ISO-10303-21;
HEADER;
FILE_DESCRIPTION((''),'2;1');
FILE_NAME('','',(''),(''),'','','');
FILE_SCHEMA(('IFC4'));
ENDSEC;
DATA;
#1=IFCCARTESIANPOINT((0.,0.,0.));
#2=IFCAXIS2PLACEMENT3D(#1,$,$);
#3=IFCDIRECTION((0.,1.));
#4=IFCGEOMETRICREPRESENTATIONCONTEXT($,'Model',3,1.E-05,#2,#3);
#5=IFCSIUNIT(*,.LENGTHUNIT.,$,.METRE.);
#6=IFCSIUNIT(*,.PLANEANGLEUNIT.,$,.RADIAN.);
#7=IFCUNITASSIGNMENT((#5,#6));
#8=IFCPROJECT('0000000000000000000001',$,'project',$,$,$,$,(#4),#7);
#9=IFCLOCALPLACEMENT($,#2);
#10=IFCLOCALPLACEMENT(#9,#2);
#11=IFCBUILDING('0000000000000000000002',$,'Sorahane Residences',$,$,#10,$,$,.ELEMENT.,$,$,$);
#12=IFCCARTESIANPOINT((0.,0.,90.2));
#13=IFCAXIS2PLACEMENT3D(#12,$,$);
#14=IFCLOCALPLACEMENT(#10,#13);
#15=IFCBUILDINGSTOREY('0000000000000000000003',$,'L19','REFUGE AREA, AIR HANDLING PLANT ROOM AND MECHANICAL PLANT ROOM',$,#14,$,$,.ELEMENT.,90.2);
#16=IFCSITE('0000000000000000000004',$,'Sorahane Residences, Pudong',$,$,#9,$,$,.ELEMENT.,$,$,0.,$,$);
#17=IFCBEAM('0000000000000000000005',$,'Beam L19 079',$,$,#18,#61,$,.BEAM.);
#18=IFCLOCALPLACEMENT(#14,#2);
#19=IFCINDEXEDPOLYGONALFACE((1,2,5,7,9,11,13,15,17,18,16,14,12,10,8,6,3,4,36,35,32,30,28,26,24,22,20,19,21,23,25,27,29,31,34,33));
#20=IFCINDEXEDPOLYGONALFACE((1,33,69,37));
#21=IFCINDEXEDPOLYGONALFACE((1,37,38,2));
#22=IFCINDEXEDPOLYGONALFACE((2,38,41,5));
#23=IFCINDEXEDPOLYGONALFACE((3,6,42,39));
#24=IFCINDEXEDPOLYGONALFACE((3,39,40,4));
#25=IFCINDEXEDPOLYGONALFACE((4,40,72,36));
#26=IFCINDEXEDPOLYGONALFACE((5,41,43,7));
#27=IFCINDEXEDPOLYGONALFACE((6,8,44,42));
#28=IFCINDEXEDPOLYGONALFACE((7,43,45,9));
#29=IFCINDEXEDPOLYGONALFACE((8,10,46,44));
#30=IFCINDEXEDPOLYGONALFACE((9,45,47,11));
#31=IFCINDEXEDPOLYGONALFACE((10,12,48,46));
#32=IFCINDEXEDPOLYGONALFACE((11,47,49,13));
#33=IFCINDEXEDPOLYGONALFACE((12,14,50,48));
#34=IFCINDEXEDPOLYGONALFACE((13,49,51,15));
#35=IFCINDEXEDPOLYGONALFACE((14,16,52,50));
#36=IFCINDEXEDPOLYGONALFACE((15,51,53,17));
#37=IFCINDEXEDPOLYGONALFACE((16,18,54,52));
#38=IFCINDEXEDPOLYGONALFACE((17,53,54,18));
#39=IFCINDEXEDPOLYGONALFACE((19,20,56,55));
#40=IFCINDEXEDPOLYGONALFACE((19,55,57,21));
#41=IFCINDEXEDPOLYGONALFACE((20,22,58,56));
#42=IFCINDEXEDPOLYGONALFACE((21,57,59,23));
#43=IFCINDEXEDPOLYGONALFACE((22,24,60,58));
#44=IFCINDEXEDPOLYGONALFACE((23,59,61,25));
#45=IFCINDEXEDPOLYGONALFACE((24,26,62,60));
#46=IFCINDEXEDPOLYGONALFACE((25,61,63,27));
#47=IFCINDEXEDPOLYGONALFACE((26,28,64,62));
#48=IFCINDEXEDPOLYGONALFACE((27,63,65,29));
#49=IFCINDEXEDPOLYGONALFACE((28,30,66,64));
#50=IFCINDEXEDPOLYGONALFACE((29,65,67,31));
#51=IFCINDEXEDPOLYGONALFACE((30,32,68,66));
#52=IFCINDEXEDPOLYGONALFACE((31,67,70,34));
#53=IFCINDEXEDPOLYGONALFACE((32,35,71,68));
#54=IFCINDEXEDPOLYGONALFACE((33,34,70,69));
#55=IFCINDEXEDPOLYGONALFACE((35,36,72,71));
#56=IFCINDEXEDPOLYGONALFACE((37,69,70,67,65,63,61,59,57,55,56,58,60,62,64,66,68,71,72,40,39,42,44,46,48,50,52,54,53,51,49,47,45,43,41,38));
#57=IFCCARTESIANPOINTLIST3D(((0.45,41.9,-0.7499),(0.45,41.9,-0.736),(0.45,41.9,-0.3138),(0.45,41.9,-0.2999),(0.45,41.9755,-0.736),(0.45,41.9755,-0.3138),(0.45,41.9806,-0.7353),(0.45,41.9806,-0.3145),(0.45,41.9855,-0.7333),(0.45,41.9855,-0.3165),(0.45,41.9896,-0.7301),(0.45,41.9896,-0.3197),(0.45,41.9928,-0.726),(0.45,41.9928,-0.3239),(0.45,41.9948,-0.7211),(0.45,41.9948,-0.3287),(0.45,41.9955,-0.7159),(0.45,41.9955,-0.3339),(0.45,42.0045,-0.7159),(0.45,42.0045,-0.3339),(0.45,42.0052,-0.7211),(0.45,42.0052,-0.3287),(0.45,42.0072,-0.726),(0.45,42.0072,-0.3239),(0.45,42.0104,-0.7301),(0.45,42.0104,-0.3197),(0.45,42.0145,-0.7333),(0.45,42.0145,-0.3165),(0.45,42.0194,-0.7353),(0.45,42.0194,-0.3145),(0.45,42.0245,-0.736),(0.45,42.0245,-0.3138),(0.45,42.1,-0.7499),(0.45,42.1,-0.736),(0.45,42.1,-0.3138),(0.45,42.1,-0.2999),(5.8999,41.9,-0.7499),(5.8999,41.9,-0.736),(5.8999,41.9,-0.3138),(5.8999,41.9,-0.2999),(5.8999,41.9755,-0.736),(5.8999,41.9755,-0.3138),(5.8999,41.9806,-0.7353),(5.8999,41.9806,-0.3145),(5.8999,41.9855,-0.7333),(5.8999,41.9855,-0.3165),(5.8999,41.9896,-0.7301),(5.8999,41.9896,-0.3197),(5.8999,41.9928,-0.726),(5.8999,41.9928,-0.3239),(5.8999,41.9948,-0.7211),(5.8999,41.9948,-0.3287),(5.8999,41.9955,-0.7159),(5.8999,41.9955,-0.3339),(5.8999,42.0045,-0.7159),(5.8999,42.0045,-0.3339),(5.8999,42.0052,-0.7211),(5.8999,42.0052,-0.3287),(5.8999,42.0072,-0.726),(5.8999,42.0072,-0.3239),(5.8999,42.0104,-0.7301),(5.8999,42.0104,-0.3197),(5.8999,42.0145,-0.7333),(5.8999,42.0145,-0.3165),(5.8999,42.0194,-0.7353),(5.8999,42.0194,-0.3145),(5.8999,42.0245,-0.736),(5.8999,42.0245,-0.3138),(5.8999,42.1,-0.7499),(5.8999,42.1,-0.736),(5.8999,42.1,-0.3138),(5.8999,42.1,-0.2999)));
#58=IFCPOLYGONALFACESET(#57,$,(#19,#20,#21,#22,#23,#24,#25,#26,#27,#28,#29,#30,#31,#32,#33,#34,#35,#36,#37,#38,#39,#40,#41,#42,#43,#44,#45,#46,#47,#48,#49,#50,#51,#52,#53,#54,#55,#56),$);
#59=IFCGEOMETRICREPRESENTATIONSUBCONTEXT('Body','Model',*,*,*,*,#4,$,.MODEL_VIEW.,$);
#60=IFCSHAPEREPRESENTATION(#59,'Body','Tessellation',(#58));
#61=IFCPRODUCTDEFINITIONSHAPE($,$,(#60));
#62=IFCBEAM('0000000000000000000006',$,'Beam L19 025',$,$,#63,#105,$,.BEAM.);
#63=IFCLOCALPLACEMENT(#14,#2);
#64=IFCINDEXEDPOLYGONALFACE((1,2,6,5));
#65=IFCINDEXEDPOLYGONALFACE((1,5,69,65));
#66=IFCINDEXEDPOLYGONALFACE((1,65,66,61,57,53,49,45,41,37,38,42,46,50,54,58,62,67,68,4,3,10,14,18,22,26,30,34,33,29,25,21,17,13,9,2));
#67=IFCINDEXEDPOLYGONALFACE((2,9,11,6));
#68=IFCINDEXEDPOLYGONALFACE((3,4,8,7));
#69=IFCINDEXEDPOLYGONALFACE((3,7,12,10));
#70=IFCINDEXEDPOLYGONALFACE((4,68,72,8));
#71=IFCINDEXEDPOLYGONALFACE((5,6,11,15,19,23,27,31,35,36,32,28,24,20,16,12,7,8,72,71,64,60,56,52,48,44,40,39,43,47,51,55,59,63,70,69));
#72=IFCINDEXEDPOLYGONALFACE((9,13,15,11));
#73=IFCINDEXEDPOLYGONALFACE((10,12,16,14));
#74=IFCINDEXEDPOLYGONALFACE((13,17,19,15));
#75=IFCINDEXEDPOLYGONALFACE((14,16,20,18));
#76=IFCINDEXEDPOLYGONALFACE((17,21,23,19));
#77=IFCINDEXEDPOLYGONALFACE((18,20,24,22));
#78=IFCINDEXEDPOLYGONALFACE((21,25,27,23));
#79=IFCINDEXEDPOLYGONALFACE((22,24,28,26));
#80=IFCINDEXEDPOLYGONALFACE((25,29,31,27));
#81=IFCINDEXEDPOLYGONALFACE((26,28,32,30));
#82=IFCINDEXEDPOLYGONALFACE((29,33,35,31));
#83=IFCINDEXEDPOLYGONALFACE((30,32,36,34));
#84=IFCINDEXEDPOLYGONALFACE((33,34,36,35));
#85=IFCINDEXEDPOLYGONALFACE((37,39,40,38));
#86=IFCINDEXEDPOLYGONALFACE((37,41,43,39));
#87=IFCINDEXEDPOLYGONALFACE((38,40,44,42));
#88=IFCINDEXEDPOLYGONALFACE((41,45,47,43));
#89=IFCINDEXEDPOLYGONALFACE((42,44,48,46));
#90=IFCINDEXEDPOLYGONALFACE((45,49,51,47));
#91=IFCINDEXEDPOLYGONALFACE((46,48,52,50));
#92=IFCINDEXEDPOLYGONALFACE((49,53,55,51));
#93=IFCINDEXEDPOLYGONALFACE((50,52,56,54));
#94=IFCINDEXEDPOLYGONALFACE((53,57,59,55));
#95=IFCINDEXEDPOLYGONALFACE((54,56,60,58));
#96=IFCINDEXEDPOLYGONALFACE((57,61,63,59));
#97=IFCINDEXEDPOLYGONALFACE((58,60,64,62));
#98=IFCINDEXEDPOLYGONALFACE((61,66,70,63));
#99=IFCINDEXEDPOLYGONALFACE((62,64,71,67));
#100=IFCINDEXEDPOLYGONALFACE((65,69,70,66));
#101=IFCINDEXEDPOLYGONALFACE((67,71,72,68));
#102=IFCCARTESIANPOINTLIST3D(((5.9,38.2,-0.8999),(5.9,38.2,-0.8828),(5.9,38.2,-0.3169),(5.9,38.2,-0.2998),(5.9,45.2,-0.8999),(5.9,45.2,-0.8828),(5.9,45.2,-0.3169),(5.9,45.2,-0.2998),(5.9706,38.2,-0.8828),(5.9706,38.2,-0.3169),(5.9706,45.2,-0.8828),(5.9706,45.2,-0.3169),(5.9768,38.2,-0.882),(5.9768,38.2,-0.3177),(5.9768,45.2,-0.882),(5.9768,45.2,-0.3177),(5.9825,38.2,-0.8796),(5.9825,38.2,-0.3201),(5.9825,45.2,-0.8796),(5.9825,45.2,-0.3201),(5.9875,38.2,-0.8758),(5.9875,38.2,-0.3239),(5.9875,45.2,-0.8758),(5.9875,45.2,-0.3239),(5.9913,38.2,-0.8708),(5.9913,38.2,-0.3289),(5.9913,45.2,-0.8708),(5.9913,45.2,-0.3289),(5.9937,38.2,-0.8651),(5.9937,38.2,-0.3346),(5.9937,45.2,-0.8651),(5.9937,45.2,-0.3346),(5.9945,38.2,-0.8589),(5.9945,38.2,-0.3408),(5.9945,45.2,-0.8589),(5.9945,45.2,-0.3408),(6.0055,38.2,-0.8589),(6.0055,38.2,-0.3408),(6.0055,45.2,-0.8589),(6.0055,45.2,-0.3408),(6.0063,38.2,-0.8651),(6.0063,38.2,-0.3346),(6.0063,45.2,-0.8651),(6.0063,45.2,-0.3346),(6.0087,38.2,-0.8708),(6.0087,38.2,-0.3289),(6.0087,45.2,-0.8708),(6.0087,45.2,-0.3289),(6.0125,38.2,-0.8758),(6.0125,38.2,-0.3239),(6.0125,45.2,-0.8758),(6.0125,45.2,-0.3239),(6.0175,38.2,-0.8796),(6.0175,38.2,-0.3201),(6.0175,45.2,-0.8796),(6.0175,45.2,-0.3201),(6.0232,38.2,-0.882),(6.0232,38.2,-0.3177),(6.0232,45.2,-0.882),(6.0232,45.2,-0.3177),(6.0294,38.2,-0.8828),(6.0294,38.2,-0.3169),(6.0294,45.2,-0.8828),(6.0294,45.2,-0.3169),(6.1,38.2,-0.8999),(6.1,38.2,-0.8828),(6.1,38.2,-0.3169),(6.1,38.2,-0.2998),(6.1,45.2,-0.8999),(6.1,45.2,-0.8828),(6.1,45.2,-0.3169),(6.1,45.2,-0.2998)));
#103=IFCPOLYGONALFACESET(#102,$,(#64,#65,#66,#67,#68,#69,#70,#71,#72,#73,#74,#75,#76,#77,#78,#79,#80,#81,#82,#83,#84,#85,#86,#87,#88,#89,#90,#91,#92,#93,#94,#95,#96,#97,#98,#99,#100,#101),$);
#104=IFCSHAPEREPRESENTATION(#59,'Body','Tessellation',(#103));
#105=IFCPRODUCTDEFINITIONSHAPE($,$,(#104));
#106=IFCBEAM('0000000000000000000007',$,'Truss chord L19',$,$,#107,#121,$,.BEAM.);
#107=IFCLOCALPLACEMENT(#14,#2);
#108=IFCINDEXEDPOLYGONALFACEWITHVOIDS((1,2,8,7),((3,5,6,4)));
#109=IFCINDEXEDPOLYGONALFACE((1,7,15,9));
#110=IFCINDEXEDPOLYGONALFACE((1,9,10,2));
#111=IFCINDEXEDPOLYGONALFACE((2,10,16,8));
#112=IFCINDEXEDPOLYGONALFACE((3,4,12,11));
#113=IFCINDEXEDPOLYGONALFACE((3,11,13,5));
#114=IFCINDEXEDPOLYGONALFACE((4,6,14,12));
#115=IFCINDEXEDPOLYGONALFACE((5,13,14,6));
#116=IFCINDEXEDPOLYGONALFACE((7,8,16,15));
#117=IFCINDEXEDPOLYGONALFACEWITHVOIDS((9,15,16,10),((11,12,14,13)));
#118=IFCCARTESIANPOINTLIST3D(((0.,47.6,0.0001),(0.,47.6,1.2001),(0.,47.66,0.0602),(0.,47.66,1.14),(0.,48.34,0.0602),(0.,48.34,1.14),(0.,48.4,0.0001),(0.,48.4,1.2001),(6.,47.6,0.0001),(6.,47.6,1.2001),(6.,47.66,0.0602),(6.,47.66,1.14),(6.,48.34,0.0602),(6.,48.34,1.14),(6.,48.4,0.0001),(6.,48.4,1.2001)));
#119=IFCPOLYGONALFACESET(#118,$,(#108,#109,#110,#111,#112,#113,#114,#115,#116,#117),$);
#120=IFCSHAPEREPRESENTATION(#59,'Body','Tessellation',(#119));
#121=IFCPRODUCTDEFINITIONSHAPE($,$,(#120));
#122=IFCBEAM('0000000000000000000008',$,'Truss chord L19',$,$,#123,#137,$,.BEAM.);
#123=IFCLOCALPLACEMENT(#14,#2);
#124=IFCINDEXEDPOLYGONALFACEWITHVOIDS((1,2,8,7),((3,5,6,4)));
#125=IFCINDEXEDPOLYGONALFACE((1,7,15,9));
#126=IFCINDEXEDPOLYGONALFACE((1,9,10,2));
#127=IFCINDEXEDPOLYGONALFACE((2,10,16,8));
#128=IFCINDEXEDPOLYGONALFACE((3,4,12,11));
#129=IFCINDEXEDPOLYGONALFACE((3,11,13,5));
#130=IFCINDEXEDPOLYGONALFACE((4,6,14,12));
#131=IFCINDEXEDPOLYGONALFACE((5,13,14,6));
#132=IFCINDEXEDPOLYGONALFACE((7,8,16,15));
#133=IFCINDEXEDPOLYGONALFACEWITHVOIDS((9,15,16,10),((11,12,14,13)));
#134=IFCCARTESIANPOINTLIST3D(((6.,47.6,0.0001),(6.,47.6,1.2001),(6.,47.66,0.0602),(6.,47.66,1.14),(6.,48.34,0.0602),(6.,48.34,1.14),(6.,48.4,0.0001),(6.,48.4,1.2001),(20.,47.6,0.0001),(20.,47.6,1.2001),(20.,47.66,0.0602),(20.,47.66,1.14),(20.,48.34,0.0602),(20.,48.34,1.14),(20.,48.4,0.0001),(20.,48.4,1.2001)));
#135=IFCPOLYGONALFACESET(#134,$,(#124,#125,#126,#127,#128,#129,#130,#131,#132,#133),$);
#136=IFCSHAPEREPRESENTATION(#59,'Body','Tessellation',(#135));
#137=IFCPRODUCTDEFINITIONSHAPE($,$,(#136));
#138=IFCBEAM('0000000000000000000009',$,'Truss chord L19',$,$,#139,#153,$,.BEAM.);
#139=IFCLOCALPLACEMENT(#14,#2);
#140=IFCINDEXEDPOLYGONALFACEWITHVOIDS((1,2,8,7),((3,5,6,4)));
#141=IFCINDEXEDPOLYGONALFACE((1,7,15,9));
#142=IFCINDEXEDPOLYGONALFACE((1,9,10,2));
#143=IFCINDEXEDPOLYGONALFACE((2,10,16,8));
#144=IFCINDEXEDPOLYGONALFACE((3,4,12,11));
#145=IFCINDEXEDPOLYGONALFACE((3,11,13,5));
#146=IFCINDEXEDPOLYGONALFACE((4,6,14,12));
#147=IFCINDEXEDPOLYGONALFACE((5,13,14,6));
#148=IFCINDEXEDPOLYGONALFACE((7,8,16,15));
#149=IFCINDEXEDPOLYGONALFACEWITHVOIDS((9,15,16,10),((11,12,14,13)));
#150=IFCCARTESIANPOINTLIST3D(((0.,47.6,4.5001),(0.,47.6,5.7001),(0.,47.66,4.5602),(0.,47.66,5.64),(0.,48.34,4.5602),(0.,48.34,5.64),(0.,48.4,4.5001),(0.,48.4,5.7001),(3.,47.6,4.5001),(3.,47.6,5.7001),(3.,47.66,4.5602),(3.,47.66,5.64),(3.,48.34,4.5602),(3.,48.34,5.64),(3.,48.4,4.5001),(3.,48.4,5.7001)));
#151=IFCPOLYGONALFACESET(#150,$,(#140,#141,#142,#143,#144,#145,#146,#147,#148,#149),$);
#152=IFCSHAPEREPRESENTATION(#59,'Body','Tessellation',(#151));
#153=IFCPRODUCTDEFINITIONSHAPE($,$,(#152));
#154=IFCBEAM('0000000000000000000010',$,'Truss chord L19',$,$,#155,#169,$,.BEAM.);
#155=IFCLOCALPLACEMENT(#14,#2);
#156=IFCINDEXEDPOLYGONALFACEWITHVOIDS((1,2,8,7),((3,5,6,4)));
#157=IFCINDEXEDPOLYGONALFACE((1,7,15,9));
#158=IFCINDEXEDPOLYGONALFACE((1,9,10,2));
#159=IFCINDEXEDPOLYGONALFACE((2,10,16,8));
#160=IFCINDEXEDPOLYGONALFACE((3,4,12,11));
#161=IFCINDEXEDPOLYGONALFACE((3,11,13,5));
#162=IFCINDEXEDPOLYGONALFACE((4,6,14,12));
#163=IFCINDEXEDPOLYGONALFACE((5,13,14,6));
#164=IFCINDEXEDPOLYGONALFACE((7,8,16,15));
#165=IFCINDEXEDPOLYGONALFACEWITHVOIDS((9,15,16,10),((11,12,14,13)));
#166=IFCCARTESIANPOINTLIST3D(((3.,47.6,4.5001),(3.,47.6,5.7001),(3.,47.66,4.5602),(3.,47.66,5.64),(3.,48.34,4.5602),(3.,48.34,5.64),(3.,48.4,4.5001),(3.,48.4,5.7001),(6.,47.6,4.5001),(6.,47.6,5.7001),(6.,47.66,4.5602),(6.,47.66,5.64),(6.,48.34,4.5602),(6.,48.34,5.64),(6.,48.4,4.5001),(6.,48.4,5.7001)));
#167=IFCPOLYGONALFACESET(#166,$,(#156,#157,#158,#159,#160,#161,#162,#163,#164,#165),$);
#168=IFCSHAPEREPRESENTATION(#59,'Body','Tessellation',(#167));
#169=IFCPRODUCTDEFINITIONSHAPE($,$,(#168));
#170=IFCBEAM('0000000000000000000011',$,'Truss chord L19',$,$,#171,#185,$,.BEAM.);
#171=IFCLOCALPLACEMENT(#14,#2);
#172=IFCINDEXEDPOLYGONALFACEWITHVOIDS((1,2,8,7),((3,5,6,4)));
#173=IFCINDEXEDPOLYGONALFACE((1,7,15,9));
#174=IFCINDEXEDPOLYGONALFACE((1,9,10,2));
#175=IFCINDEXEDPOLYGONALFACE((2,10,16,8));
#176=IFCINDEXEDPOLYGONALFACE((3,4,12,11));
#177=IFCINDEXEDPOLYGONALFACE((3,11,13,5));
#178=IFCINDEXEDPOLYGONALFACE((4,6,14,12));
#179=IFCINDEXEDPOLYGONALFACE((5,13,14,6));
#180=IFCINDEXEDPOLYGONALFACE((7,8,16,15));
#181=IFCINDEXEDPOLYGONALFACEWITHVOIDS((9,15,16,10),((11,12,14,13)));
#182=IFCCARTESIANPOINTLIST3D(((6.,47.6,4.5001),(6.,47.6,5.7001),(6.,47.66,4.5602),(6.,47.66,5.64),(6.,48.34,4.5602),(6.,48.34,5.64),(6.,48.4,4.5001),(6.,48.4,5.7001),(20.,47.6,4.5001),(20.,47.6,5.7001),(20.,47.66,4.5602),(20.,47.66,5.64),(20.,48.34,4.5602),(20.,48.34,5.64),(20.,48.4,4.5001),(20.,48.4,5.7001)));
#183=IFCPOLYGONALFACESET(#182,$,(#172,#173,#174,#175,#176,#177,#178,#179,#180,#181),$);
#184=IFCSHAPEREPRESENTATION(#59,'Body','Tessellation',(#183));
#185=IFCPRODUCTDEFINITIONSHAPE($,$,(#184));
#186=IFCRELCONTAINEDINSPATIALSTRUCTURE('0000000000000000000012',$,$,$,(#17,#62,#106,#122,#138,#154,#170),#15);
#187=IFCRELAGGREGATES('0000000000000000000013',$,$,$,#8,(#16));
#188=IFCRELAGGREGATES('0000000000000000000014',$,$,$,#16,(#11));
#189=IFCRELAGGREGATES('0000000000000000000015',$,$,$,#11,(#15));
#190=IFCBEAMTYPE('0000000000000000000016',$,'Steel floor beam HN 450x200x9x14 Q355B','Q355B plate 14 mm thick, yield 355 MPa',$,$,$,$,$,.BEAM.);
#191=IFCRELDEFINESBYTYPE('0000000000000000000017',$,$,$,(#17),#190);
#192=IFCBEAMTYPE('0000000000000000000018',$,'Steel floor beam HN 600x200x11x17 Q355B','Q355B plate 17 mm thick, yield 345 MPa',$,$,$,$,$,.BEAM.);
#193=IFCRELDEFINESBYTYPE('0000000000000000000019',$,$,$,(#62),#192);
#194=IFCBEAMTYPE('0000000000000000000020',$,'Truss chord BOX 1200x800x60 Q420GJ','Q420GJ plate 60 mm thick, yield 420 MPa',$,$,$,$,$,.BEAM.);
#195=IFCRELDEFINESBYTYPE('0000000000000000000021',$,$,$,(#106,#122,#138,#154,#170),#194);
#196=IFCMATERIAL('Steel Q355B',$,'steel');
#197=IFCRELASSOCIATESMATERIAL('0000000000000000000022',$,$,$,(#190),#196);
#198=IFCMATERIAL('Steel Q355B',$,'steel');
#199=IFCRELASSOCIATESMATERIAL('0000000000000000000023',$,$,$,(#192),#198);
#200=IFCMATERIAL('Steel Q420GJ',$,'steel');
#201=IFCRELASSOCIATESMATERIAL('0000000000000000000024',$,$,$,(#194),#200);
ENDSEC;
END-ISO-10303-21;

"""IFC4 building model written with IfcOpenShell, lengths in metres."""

from ifc_helpers import new_model, si_unit, direction, frame, origin, origin_2d, place, context, subcontext, project, spatial, hollow_rectangle, i_section, extrude, material, material_profile, profile_set, type_object, element, save


model = new_model("IFC4")

# Units and contexts
model_context = context("Model", 3, precision=1e-05, world=origin(), true_north=direction((0.0, 1.0)))
body_context = subcontext(model_context, "Body", "Model", "MODEL_VIEW")
ifc_project = project(units=[si_unit("LENGTHUNIT", "METRE"), si_unit("PLANEANGLEUNIT", "RADIAN")], contexts=[model_context])

# Site, building, storey
site_placement = place(None, origin())
site = spatial("IfcSite", under=ifc_project, at=site_placement, Name="Sorahane Residences, Pudong", CompositionType="ELEMENT", RefElevation=0.0)
building_placement = place(site_placement, origin())
building = spatial("IfcBuilding", under=site, at=building_placement, Name="Sorahane Residences", CompositionType="ELEMENT")
storey_placement = place(building_placement, frame((0.0, 0.0, 90.2)))
storey = spatial("IfcBuildingStorey", under=building, at=storey_placement, Name="L19", Description="REFUGE AREA, AIR HANDLING PLANT ROOM AND MECHANICAL PLANT ROOM", CompositionType="ELEMENT", Elevation=90.2)

# Beams
ifc_material_1 = material(Name="Steel Q355B", Category="steel")
ifc_material_profile_1 = material_profile(ifc_material_1, i_section(OverallWidth=0.2, OverallDepth=0.45, WebThickness=0.009, FlangeThickness=0.0139, FilletRadius=0.02, at=origin_2d()), Name="HN 450x200x9x14")
ifc_profile_set_1 = profile_set([ifc_material_profile_1], Name="Steel Q355B")
beam_type_1 = type_object("IfcBeamType", Name="Steel floor beam HN 450x200x9x14 Q355B", Description="Q355B plate 14 mm thick, yield 355 MPa", PredefinedType="BEAM", material=ifc_profile_set_1)
beam_1_placement = place(storey_placement, frame((0.45, 42.0, -0.5249), z_axis=(1.0, 0.0, 0.0), x_axis=(0.0, 1.0, 0.0)))
element("IfcBeam", 1, at=beam_1_placement, inside=storey, type_object=beam_type_1, Name="Beam L19 079", PredefinedType="BEAM", context=body_context, shape_type="SweptSolid", body=[
    extrude(i_section(OverallWidth=0.2, OverallDepth=0.45, WebThickness=0.009, FlangeThickness=0.0139, FilletRadius=0.02, at=origin_2d()), origin(), (0.0, 0.0, 1.0), 5.45),
])
ifc_material_2 = material(Name="Steel Q355B", Category="steel")
ifc_material_profile_2 = material_profile(ifc_material_2, i_section(OverallWidth=0.2, OverallDepth=0.6001, WebThickness=0.011, FlangeThickness=0.0171, FilletRadius=0.0239, at=origin_2d()), Name="HN 600x200x11x17")
ifc_profile_set_2 = profile_set([ifc_material_profile_2], Name="Steel Q355B")
beam_type_2 = type_object("IfcBeamType", Name="Steel floor beam HN 600x200x11x17 Q355B", Description="Q355B plate 17 mm thick, yield 345 MPa", PredefinedType="BEAM", material=ifc_profile_set_2)
beam_2_placement = place(storey_placement, frame((6.0, 38.2, -0.5999), z_axis=(0.0, 1.0, 0.0), x_axis=(-1.0, 0.0, 0.0)))
element("IfcBeam", 2, at=beam_2_placement, inside=storey, type_object=beam_type_2, Name="Beam L19 025", PredefinedType="BEAM", context=body_context, shape_type="SweptSolid", body=[
    extrude(i_section(OverallWidth=0.2, OverallDepth=0.6001, WebThickness=0.011, FlangeThickness=0.0171, FilletRadius=0.0239, at=origin_2d()), origin(), (0.0, 0.0, 1.0), 7.0),
])
ifc_material_3 = material(Name="Steel Q420GJ", Category="steel")
ifc_material_profile_3 = material_profile(ifc_material_3, hollow_rectangle(XDim=0.8, YDim=1.2, WallThickness=0.0601, at=origin_2d()), Name="BOX 1200x800x60")
ifc_profile_set_3 = profile_set([ifc_material_profile_3], Name="Steel Q420GJ")
beam_type_3 = type_object("IfcBeamType", Name="Truss chord BOX 1200x800x60 Q420GJ", Description="Q420GJ plate 60 mm thick, yield 420 MPa", PredefinedType="BEAM", material=ifc_profile_set_3)
beam_3_placement = place(storey_placement, frame((0.0, 48.0, 0.6001), z_axis=(1.0, 0.0, 0.0), x_axis=(0.0, 1.0, 0.0)))
element("IfcBeam", 3, at=beam_3_placement, inside=storey, type_object=beam_type_3, Name="Truss chord L19", PredefinedType="BEAM", context=body_context, shape_type="SweptSolid", body=[
    extrude(hollow_rectangle(XDim=0.8, YDim=1.2, WallThickness=0.0601, at=origin_2d()), origin(), (0.0, 0.0, 1.0), 6.0),
])
beam_4_placement = place(storey_placement, frame((6.0, 48.0, 0.6001), z_axis=(1.0, 0.0, 0.0), x_axis=(0.0, 1.0, 0.0)))
element("IfcBeam", 4, at=beam_4_placement, inside=storey, type_object=beam_type_3, Name="Truss chord L19", PredefinedType="BEAM", context=body_context, shape_type="SweptSolid", body=[
    extrude(hollow_rectangle(XDim=0.8, YDim=1.2, WallThickness=0.0601, at=origin_2d()), origin(), (0.0, 0.0, 1.0), 14.0),
])
for number, where, z_axis, x_axis, name in (
    (5, (0.0, 48.0, 5.1001), (1.0, 0.0, 0.0), (0.0, 1.0, 0.0), "Truss chord L19"),
    (6, (3.0, 48.0, 5.1001), (1.0, 0.0, 0.0), (0.0, 1.0, 0.0), "Truss chord L19"),
):
    element("IfcBeam", number, at=place(storey_placement, frame(where, z_axis=z_axis, x_axis=x_axis)), inside=storey, type_object=beam_type_3, Name=name, PredefinedType="BEAM", context=body_context, shape_type="SweptSolid", body=[
        extrude(hollow_rectangle(XDim=0.8, YDim=1.2, WallThickness=0.0601, at=origin_2d()), origin(), (0.0, 0.0, 1.0), 3.0),
    ])
beam_5_placement = place(storey_placement, frame((6.0, 48.0, 5.1001), z_axis=(1.0, 0.0, 0.0), x_axis=(0.0, 1.0, 0.0)))
element("IfcBeam", 7, at=beam_5_placement, inside=storey, type_object=beam_type_3, Name="Truss chord L19", PredefinedType="BEAM", context=body_context, shape_type="SweptSolid", body=[
    extrude(hollow_rectangle(XDim=0.8, YDim=1.2, WallThickness=0.0601, at=origin_2d()), origin(), (0.0, 0.0, 1.0), 14.0),
])

save(model, "model.ifc")
